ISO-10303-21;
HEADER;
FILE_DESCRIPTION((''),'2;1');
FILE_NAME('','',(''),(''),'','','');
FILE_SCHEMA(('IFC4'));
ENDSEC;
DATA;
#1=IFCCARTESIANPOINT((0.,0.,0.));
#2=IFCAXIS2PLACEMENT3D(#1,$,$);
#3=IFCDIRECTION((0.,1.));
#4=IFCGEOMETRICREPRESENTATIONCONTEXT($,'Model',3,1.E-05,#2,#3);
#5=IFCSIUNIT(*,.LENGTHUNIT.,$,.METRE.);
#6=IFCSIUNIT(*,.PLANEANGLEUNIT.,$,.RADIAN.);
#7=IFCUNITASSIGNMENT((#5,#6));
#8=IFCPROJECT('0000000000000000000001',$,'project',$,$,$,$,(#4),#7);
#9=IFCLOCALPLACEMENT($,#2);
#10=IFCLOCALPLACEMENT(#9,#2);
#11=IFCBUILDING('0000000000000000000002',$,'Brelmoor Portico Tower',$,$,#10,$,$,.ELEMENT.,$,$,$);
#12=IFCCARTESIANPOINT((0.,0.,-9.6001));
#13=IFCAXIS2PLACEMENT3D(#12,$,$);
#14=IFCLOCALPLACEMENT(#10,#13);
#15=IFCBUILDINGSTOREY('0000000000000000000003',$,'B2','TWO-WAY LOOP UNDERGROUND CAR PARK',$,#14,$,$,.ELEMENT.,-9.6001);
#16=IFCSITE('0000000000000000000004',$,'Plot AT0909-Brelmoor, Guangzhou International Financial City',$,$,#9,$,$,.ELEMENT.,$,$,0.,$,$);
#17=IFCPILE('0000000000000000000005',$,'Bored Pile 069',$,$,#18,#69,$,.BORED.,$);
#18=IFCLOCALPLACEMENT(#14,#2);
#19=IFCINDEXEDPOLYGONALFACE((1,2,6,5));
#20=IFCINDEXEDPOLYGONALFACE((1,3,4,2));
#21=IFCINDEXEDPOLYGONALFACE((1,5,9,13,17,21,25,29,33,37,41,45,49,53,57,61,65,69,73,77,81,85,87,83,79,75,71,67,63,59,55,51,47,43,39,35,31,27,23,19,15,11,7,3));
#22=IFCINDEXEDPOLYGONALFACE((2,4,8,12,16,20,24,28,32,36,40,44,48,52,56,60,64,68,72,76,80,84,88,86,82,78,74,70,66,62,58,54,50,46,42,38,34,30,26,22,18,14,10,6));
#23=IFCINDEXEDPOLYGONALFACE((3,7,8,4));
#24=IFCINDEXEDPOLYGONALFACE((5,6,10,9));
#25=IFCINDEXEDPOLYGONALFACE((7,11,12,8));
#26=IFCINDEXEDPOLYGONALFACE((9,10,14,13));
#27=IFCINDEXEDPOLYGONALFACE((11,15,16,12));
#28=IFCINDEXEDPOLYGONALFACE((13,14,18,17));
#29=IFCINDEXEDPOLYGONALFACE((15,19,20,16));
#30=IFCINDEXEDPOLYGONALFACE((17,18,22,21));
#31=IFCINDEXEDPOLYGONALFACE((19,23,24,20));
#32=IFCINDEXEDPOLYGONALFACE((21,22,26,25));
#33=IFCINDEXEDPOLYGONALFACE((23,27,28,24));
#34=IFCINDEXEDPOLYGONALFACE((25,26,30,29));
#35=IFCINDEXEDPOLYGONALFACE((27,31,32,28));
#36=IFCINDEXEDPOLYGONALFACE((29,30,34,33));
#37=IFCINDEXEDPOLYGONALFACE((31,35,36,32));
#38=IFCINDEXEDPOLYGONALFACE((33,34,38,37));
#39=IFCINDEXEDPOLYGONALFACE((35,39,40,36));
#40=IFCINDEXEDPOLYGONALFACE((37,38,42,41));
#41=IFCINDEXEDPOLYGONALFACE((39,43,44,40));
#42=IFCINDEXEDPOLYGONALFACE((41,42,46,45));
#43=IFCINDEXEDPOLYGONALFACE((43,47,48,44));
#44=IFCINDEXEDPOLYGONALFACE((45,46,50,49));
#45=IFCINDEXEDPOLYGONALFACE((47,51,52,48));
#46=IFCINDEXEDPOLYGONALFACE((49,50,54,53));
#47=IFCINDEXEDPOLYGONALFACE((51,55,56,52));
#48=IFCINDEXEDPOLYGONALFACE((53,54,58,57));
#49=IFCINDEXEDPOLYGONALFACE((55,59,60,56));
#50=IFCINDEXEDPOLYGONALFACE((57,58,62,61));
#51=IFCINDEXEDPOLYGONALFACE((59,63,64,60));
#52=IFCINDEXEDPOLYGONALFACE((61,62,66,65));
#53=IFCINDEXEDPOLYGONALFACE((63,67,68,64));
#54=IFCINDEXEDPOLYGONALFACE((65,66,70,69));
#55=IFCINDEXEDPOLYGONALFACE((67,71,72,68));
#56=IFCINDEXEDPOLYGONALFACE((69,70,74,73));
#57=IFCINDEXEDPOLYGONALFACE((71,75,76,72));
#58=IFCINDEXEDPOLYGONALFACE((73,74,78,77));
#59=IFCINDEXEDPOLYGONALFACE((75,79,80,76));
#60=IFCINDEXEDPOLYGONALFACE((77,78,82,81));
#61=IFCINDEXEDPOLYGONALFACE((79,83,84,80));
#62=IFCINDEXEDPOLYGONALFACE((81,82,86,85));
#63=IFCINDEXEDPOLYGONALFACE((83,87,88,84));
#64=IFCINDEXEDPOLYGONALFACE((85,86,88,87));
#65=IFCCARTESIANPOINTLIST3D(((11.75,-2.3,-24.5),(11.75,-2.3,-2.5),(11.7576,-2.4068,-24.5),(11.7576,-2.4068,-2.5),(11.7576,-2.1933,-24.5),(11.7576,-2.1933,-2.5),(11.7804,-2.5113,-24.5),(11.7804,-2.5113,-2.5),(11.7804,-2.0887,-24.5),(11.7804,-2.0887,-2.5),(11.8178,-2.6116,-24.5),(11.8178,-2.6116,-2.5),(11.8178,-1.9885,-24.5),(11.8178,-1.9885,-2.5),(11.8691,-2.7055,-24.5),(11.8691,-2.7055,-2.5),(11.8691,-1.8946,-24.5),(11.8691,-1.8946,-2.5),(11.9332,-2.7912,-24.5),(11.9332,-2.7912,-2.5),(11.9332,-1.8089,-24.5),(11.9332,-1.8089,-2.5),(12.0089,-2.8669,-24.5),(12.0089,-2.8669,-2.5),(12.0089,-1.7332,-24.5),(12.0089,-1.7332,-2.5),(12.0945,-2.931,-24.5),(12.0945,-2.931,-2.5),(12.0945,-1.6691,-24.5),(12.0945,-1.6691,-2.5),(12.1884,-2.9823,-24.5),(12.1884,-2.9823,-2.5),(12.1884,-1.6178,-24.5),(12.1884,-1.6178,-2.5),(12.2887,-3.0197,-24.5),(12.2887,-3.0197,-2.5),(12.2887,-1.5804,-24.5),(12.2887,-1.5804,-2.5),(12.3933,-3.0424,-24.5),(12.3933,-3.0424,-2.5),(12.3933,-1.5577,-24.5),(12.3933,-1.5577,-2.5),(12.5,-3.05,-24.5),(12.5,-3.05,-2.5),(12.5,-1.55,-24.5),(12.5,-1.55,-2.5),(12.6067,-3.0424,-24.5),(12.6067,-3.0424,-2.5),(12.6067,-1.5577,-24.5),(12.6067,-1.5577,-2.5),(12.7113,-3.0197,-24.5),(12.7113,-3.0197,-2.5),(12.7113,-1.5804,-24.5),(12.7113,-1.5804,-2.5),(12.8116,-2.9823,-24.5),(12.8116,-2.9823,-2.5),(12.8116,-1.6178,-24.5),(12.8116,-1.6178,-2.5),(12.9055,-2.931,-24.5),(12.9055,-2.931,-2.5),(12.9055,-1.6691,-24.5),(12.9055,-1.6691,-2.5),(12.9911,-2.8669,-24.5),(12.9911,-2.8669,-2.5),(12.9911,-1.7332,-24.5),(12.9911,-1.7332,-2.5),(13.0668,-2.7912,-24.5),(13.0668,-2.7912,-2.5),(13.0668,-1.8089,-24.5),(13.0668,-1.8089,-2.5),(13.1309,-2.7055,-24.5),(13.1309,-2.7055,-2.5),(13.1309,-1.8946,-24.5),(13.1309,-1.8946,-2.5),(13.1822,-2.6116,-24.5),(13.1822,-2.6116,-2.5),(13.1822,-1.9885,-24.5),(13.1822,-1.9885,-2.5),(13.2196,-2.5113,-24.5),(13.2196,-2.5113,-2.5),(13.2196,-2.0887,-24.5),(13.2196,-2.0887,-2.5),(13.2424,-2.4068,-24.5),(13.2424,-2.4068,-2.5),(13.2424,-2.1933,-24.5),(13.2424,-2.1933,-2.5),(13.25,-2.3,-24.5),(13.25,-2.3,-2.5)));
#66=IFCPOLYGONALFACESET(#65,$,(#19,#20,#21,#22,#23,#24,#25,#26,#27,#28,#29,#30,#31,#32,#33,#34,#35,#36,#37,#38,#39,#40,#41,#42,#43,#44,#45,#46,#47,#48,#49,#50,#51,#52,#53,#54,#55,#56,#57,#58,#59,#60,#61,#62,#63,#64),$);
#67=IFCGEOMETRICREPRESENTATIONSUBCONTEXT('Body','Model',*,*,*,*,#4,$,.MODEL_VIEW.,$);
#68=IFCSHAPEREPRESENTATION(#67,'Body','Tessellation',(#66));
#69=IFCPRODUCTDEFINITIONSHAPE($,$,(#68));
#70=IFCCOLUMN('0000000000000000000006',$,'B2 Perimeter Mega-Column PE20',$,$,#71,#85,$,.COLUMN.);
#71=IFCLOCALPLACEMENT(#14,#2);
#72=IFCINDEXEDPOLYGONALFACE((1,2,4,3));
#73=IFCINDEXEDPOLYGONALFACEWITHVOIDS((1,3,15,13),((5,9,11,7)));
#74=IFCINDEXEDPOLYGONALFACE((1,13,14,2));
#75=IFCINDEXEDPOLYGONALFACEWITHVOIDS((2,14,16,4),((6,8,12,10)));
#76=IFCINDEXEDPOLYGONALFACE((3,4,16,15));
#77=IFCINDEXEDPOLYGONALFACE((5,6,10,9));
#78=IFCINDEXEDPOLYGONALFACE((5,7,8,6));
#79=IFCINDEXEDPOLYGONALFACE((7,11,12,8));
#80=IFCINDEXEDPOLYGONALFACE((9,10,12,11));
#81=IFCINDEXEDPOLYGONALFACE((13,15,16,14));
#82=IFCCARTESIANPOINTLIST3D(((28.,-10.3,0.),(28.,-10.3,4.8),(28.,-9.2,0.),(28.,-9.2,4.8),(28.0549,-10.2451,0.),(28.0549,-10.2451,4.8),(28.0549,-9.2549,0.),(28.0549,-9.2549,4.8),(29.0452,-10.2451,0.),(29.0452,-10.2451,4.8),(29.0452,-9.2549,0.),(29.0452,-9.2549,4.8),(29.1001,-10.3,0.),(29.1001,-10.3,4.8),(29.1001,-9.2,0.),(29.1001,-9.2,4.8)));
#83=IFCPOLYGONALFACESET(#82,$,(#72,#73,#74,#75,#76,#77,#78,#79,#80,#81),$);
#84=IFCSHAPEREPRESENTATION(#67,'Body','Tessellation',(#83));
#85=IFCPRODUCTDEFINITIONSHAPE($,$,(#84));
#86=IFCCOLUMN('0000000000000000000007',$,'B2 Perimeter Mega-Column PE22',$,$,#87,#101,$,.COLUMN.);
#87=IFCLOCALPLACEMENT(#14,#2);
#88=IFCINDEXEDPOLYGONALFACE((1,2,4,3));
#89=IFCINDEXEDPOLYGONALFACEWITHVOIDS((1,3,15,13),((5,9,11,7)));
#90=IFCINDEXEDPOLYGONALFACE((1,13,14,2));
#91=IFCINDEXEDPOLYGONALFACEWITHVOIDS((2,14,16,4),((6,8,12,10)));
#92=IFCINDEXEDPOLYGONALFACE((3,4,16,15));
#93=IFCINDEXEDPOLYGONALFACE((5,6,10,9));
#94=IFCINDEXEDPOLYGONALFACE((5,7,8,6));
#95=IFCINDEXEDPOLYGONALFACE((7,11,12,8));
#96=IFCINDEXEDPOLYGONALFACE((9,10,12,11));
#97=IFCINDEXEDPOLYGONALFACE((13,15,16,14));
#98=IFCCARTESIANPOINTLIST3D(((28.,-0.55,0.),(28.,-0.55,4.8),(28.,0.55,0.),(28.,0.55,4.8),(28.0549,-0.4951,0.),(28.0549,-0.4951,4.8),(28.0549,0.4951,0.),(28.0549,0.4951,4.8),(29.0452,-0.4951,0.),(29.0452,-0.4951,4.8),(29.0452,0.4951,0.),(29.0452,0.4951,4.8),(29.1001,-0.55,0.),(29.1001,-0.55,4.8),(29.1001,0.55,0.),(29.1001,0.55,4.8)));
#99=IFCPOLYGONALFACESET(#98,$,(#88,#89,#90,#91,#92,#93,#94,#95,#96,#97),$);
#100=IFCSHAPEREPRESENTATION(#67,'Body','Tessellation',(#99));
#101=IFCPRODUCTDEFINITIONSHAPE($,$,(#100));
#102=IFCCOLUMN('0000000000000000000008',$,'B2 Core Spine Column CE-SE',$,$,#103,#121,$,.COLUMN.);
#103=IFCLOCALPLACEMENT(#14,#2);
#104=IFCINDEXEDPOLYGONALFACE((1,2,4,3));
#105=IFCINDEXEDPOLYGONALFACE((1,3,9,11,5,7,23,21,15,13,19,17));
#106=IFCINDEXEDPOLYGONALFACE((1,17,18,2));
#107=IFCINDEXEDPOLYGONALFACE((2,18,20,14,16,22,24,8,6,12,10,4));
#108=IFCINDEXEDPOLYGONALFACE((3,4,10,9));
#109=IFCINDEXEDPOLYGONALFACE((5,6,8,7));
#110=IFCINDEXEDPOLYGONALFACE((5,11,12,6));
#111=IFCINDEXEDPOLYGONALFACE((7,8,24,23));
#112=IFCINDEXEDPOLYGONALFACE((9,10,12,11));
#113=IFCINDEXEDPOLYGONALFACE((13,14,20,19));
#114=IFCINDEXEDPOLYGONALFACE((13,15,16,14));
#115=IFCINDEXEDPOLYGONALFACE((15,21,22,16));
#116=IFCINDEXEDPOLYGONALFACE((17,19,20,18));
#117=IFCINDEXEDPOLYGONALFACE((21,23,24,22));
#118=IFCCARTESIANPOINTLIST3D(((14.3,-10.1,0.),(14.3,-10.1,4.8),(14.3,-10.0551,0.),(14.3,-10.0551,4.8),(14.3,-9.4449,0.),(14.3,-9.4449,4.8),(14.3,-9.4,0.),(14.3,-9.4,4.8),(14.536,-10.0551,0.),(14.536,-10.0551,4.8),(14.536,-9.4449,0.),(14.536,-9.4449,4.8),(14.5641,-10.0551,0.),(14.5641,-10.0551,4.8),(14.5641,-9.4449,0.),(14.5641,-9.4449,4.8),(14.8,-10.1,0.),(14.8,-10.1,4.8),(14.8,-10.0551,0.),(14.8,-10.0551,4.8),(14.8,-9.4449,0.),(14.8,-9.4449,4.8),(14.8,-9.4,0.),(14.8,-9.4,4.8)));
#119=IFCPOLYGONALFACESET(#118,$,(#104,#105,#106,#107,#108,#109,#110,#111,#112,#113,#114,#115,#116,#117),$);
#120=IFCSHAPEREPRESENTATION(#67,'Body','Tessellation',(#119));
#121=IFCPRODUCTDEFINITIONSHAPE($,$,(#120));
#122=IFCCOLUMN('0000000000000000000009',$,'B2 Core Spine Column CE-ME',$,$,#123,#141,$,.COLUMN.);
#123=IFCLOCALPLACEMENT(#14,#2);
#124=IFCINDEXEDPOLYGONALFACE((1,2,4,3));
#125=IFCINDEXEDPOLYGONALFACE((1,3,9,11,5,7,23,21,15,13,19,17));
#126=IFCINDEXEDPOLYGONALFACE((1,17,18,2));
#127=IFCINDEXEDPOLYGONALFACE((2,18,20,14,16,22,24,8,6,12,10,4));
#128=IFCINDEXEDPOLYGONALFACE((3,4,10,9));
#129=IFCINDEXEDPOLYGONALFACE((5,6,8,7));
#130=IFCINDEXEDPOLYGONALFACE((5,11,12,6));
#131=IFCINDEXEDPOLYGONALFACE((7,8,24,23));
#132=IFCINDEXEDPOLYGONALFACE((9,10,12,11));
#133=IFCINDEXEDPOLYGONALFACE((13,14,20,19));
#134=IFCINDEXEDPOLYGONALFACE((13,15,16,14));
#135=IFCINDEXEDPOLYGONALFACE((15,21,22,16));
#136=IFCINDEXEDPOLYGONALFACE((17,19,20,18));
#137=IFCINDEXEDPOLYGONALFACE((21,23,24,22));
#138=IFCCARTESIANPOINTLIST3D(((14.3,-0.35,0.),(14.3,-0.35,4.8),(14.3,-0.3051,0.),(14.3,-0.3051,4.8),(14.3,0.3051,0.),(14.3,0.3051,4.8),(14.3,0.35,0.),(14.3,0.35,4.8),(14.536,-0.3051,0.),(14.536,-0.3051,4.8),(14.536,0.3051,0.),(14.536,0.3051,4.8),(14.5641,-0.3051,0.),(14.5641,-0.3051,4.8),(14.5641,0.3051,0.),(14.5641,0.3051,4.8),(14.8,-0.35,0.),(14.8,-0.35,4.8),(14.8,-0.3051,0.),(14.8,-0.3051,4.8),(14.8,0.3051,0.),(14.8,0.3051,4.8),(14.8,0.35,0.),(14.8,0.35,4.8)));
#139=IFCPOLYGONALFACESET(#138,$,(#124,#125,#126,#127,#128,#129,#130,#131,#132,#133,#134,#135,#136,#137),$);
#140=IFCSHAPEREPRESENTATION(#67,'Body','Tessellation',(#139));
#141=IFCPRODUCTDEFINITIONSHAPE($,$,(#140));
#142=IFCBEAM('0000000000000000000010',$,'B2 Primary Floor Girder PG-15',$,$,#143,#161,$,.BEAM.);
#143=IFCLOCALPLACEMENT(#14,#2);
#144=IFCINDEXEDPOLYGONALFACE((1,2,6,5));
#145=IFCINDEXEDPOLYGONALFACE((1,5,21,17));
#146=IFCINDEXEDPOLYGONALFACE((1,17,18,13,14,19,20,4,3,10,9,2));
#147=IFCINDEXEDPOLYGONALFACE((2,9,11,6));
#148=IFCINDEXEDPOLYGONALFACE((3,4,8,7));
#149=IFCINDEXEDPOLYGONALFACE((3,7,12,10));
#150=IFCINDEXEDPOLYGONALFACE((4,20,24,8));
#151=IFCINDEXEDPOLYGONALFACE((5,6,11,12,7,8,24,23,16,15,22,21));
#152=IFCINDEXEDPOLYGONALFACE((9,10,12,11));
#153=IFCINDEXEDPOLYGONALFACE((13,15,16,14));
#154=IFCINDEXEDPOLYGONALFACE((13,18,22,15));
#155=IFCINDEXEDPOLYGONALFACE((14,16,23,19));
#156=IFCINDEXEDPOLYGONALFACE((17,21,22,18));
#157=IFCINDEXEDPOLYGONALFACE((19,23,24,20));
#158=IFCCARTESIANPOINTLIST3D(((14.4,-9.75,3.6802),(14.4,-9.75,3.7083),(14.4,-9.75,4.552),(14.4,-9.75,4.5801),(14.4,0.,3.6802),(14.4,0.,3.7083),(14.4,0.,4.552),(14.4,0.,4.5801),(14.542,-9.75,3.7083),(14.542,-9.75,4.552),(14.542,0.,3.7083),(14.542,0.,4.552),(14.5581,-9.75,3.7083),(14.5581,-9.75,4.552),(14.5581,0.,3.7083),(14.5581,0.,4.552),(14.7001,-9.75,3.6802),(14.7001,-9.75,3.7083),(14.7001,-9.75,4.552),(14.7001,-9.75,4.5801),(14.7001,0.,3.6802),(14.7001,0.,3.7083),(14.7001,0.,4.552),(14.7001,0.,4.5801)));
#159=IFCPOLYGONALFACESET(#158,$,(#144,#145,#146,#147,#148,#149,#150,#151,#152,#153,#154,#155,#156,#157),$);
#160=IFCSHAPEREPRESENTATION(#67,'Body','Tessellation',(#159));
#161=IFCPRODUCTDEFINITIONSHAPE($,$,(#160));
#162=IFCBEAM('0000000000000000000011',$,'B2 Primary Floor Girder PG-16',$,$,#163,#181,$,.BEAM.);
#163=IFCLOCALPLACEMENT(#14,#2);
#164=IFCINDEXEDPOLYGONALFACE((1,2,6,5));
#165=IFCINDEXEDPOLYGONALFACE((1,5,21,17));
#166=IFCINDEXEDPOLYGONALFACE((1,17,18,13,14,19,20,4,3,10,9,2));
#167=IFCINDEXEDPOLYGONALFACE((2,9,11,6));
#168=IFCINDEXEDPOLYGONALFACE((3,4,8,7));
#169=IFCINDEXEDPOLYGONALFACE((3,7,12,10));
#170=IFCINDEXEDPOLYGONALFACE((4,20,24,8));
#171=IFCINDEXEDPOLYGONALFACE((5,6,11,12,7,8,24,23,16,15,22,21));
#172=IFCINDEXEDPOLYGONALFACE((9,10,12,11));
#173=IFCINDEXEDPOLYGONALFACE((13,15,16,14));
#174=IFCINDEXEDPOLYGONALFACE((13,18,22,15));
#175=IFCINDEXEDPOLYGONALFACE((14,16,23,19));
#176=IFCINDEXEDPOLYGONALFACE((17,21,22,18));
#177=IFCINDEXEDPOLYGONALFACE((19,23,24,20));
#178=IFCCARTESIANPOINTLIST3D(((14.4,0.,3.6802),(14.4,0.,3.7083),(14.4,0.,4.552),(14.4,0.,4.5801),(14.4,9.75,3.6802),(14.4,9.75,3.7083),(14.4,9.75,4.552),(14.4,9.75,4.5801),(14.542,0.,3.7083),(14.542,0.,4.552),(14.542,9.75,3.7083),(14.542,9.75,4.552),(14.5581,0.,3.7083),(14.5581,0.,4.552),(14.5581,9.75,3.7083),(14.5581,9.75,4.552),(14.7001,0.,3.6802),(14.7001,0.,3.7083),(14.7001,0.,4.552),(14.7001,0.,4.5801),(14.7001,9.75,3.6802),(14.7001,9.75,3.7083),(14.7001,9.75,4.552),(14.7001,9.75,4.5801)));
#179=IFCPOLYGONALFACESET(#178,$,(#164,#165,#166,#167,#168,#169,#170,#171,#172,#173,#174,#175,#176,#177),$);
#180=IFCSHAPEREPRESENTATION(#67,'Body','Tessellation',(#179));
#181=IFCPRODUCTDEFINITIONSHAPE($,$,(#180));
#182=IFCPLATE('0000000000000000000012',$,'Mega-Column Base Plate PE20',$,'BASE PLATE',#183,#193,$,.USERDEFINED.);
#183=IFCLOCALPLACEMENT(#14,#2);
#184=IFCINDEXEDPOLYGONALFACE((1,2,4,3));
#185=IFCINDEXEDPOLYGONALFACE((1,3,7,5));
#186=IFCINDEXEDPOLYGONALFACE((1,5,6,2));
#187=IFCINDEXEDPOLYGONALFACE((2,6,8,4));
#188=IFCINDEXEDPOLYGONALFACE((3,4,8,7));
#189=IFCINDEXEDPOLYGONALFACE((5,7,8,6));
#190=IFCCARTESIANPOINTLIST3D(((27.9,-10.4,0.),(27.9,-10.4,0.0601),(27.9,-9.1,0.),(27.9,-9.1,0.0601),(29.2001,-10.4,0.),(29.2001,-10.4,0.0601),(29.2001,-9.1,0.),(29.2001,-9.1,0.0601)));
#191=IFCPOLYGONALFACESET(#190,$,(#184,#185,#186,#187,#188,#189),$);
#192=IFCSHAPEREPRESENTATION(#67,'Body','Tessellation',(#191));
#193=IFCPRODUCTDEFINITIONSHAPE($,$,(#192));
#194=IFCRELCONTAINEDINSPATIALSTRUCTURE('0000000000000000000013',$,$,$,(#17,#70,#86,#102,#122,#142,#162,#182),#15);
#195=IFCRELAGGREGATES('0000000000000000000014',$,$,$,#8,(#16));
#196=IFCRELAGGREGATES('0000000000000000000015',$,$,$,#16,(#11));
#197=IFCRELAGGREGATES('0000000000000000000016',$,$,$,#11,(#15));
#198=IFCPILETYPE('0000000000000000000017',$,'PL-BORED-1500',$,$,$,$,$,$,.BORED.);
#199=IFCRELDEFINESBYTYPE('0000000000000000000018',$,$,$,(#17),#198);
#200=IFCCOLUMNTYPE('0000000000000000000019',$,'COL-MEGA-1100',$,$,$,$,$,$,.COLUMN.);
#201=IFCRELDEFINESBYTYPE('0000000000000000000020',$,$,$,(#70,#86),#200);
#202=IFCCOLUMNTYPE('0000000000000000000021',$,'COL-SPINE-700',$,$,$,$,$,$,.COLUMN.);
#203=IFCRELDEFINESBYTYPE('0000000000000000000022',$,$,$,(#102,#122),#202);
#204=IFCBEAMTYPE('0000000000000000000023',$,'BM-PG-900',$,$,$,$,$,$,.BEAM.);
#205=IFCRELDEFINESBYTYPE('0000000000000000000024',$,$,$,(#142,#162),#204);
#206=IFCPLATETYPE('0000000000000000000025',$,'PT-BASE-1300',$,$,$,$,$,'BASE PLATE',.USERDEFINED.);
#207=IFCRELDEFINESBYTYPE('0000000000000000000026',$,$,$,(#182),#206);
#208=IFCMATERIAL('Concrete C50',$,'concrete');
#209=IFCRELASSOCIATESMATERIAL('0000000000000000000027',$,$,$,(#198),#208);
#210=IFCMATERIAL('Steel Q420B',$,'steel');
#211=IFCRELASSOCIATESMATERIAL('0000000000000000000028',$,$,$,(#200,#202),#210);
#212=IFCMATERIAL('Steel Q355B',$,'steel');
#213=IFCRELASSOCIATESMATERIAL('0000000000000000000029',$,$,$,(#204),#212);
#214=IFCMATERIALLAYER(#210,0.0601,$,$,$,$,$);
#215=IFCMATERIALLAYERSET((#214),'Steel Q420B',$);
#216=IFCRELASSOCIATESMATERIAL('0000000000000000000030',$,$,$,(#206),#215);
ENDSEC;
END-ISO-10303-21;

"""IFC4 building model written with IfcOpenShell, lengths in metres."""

from ifc_helpers import new_model, si_unit, direction, frame, origin, origin_2d, place, context, subcontext, project, spatial, rectangle, hollow_rectangle, circle, i_section, extrude, material, layer, layer_set, material_profile, profile_set, type_object, element, save


model = new_model("IFC4")

# Units and contexts
model_context = context("Model", 3, precision=1e-05, world=origin(), true_north=direction((0.0, 1.0)))
body_context = subcontext(model_context, "Body", "Model", "MODEL_VIEW")
ifc_project = project(units=[si_unit("LENGTHUNIT", "METRE"), si_unit("PLANEANGLEUNIT", "RADIAN")], contexts=[model_context])

# Site, building, storey
site_placement = place(None, origin())
site = spatial("IfcSite", under=ifc_project, at=site_placement, Name="Plot AT0909-Brelmoor, Guangzhou International Financial City", CompositionType="ELEMENT", RefElevation=0.0)
building_placement = place(site_placement, origin())
building = spatial("IfcBuilding", under=site, at=building_placement, Name="Brelmoor Portico Tower", CompositionType="ELEMENT")
storey_placement = place(building_placement, frame((0.0, 0.0, -9.6001)))
storey = spatial("IfcBuildingStorey", under=building, at=storey_placement, Name="B2", Description="TWO-WAY LOOP UNDERGROUND CAR PARK", CompositionType="ELEMENT", Elevation=-9.6001)

# Shared definitions
ifc_material_1 = material(Name="Concrete C50", Category="concrete")

# Pile
ifc_material_profile_1 = material_profile(ifc_material_1, circle(Radius=0.75, at=origin_2d()), Name="BORED PILE D1500")
ifc_profile_set_1 = profile_set([ifc_material_profile_1], Name="Concrete C50")
pile_type_1 = type_object("IfcPileType", Name="PL-BORED-1500", PredefinedType="BORED", material=ifc_profile_set_1)
for number, where, z_axis, x_axis, name in (
    (1, (12.5, -2.3, -2.5), (0.0, 0.0, -1.0), (1.0, 0.0, 0.0), "Bored Pile 069"),
):
    element("IfcPile", number, at=place(storey_placement, frame(where, z_axis=z_axis, x_axis=x_axis)), inside=storey, type_object=pile_type_1, Name=name, PredefinedType="BORED", context=body_context, shape_type="SweptSolid", body=[
        extrude(circle(Radius=0.75, at=origin_2d()), origin(), (0.0, 0.0, 1.0), 22.0),
    ])

# Columns
ifc_material_2 = material(Name="Steel Q420B", Category="steel")
ifc_material_profile_2 = material_profile(ifc_material_2, hollow_rectangle(XDim=1.1001, YDim=1.1001, WallThickness=0.0549, at=origin_2d()), Name="BOX 1100x1100x55")
ifc_profile_set_2 = profile_set([ifc_material_profile_2], Name="Steel Q420B")
column_type_1 = type_object("IfcColumnType", Name="COL-MEGA-1100", PredefinedType="COLUMN", material=ifc_profile_set_2)
for number, where, z_axis, x_axis, name in (
    (2, (28.55, -9.75, 0.0), (0.0, 0.0, 1.0), (0.0, 1.0, 0.0), "B2 Perimeter Mega-Column PE20"),
    (3, (28.55, 0.0, 0.0), (0.0, 0.0, 1.0), (0.0, 1.0, 0.0), "B2 Perimeter Mega-Column PE22"),
):
    element("IfcColumn", number, at=place(storey_placement, frame(where, z_axis=z_axis, x_axis=x_axis)), inside=storey, type_object=column_type_1, Name=name, PredefinedType="COLUMN", context=body_context, shape_type="SweptSolid", body=[
        extrude(hollow_rectangle(XDim=1.1001, YDim=1.1001, WallThickness=0.0549, at=origin_2d()), origin(), (0.0, 0.0, 1.0), 4.8),
    ])
ifc_material_profile_3 = material_profile(ifc_material_2, i_section(OverallWidth=0.5, OverallDepth=0.7, WebThickness=0.0281, FlangeThickness=0.0449, at=origin_2d()), Name="HW 700x500x28x45")
ifc_profile_set_3 = profile_set([ifc_material_profile_3], Name="Steel Q420B")
column_type_2 = type_object("IfcColumnType", Name="COL-SPINE-700", PredefinedType="COLUMN", material=ifc_profile_set_3)
for number, where, z_axis, x_axis, name in (
    (4, (14.55, -9.75, 0.0), (0.0, 0.0, 1.0), (1.0, 0.0, 0.0), "B2 Core Spine Column CE-SE"),
    (5, (14.55, 0.0, 0.0), (0.0, 0.0, 1.0), (1.0, 0.0, 0.0), "B2 Core Spine Column CE-ME"),
):
    element("IfcColumn", number, at=place(storey_placement, frame(where, z_axis=z_axis, x_axis=x_axis)), inside=storey, type_object=column_type_2, Name=name, PredefinedType="COLUMN", context=body_context, shape_type="SweptSolid", body=[
        extrude(i_section(OverallWidth=0.5, OverallDepth=0.7, WebThickness=0.0281, FlangeThickness=0.0449, at=origin_2d()), origin(), (0.0, 0.0, 1.0), 4.8),
    ])

# Beams
ifc_material_3 = material(Name="Steel Q355B", Category="steel")
ifc_material_profile_4 = material_profile(ifc_material_3, i_section(OverallWidth=0.3, OverallDepth=0.8999, WebThickness=0.0161, FlangeThickness=0.0281, at=origin_2d()), Name="HN 900x300x16x28")
ifc_profile_set_4 = profile_set([ifc_material_profile_4], Name="Steel Q355B")
beam_type = type_object("IfcBeamType", Name="BM-PG-900", PredefinedType="BEAM", material=ifc_profile_set_4)
for number, where, z_axis, x_axis, name in (
    (6, (14.55, -9.75, 4.1301), (0.0, 1.0, 0.0), (-1.0, 0.0, 0.0), "B2 Primary Floor Girder PG-15"),
    (7, (14.55, 0.0, 4.1301), (0.0, 1.0, 0.0), (-1.0, 0.0, 0.0), "B2 Primary Floor Girder PG-16"),
):
    element("IfcBeam", number, at=place(storey_placement, frame(where, z_axis=z_axis, x_axis=x_axis)), inside=storey, type_object=beam_type, Name=name, PredefinedType="BEAM", context=body_context, shape_type="SweptSolid", body=[
        extrude(i_section(OverallWidth=0.3, OverallDepth=0.8999, WebThickness=0.0161, FlangeThickness=0.0281, at=origin_2d()), origin(), (0.0, 0.0, 1.0), 9.75),
    ])

# Plate
ifc_layer_1 = layer(ifc_material_2, 0.0601)
ifc_layer_set_1 = layer_set([ifc_layer_1], Name="Steel Q420B")
plate_type = type_object("IfcPlateType", Name="PT-BASE-1300", ElementType="BASE PLATE", PredefinedType="USERDEFINED", material=ifc_layer_set_1)
plate_placement = place(storey_placement, frame((28.55, -9.75, 0.0), z_axis=(0.0, 0.0, 1.0), x_axis=(1.0, 0.0, 0.0)))
element("IfcPlate", 8, at=plate_placement, inside=storey, type_object=plate_type, Name="Mega-Column Base Plate PE20", ObjectType="BASE PLATE", PredefinedType="USERDEFINED", context=body_context, shape_type="SweptSolid", body=[
    extrude(rectangle(XDim=1.3, YDim=1.3, at=origin_2d()), origin(), (0.0, 0.0, 1.0), 0.0601),
])

save(model, "model.ifc")
